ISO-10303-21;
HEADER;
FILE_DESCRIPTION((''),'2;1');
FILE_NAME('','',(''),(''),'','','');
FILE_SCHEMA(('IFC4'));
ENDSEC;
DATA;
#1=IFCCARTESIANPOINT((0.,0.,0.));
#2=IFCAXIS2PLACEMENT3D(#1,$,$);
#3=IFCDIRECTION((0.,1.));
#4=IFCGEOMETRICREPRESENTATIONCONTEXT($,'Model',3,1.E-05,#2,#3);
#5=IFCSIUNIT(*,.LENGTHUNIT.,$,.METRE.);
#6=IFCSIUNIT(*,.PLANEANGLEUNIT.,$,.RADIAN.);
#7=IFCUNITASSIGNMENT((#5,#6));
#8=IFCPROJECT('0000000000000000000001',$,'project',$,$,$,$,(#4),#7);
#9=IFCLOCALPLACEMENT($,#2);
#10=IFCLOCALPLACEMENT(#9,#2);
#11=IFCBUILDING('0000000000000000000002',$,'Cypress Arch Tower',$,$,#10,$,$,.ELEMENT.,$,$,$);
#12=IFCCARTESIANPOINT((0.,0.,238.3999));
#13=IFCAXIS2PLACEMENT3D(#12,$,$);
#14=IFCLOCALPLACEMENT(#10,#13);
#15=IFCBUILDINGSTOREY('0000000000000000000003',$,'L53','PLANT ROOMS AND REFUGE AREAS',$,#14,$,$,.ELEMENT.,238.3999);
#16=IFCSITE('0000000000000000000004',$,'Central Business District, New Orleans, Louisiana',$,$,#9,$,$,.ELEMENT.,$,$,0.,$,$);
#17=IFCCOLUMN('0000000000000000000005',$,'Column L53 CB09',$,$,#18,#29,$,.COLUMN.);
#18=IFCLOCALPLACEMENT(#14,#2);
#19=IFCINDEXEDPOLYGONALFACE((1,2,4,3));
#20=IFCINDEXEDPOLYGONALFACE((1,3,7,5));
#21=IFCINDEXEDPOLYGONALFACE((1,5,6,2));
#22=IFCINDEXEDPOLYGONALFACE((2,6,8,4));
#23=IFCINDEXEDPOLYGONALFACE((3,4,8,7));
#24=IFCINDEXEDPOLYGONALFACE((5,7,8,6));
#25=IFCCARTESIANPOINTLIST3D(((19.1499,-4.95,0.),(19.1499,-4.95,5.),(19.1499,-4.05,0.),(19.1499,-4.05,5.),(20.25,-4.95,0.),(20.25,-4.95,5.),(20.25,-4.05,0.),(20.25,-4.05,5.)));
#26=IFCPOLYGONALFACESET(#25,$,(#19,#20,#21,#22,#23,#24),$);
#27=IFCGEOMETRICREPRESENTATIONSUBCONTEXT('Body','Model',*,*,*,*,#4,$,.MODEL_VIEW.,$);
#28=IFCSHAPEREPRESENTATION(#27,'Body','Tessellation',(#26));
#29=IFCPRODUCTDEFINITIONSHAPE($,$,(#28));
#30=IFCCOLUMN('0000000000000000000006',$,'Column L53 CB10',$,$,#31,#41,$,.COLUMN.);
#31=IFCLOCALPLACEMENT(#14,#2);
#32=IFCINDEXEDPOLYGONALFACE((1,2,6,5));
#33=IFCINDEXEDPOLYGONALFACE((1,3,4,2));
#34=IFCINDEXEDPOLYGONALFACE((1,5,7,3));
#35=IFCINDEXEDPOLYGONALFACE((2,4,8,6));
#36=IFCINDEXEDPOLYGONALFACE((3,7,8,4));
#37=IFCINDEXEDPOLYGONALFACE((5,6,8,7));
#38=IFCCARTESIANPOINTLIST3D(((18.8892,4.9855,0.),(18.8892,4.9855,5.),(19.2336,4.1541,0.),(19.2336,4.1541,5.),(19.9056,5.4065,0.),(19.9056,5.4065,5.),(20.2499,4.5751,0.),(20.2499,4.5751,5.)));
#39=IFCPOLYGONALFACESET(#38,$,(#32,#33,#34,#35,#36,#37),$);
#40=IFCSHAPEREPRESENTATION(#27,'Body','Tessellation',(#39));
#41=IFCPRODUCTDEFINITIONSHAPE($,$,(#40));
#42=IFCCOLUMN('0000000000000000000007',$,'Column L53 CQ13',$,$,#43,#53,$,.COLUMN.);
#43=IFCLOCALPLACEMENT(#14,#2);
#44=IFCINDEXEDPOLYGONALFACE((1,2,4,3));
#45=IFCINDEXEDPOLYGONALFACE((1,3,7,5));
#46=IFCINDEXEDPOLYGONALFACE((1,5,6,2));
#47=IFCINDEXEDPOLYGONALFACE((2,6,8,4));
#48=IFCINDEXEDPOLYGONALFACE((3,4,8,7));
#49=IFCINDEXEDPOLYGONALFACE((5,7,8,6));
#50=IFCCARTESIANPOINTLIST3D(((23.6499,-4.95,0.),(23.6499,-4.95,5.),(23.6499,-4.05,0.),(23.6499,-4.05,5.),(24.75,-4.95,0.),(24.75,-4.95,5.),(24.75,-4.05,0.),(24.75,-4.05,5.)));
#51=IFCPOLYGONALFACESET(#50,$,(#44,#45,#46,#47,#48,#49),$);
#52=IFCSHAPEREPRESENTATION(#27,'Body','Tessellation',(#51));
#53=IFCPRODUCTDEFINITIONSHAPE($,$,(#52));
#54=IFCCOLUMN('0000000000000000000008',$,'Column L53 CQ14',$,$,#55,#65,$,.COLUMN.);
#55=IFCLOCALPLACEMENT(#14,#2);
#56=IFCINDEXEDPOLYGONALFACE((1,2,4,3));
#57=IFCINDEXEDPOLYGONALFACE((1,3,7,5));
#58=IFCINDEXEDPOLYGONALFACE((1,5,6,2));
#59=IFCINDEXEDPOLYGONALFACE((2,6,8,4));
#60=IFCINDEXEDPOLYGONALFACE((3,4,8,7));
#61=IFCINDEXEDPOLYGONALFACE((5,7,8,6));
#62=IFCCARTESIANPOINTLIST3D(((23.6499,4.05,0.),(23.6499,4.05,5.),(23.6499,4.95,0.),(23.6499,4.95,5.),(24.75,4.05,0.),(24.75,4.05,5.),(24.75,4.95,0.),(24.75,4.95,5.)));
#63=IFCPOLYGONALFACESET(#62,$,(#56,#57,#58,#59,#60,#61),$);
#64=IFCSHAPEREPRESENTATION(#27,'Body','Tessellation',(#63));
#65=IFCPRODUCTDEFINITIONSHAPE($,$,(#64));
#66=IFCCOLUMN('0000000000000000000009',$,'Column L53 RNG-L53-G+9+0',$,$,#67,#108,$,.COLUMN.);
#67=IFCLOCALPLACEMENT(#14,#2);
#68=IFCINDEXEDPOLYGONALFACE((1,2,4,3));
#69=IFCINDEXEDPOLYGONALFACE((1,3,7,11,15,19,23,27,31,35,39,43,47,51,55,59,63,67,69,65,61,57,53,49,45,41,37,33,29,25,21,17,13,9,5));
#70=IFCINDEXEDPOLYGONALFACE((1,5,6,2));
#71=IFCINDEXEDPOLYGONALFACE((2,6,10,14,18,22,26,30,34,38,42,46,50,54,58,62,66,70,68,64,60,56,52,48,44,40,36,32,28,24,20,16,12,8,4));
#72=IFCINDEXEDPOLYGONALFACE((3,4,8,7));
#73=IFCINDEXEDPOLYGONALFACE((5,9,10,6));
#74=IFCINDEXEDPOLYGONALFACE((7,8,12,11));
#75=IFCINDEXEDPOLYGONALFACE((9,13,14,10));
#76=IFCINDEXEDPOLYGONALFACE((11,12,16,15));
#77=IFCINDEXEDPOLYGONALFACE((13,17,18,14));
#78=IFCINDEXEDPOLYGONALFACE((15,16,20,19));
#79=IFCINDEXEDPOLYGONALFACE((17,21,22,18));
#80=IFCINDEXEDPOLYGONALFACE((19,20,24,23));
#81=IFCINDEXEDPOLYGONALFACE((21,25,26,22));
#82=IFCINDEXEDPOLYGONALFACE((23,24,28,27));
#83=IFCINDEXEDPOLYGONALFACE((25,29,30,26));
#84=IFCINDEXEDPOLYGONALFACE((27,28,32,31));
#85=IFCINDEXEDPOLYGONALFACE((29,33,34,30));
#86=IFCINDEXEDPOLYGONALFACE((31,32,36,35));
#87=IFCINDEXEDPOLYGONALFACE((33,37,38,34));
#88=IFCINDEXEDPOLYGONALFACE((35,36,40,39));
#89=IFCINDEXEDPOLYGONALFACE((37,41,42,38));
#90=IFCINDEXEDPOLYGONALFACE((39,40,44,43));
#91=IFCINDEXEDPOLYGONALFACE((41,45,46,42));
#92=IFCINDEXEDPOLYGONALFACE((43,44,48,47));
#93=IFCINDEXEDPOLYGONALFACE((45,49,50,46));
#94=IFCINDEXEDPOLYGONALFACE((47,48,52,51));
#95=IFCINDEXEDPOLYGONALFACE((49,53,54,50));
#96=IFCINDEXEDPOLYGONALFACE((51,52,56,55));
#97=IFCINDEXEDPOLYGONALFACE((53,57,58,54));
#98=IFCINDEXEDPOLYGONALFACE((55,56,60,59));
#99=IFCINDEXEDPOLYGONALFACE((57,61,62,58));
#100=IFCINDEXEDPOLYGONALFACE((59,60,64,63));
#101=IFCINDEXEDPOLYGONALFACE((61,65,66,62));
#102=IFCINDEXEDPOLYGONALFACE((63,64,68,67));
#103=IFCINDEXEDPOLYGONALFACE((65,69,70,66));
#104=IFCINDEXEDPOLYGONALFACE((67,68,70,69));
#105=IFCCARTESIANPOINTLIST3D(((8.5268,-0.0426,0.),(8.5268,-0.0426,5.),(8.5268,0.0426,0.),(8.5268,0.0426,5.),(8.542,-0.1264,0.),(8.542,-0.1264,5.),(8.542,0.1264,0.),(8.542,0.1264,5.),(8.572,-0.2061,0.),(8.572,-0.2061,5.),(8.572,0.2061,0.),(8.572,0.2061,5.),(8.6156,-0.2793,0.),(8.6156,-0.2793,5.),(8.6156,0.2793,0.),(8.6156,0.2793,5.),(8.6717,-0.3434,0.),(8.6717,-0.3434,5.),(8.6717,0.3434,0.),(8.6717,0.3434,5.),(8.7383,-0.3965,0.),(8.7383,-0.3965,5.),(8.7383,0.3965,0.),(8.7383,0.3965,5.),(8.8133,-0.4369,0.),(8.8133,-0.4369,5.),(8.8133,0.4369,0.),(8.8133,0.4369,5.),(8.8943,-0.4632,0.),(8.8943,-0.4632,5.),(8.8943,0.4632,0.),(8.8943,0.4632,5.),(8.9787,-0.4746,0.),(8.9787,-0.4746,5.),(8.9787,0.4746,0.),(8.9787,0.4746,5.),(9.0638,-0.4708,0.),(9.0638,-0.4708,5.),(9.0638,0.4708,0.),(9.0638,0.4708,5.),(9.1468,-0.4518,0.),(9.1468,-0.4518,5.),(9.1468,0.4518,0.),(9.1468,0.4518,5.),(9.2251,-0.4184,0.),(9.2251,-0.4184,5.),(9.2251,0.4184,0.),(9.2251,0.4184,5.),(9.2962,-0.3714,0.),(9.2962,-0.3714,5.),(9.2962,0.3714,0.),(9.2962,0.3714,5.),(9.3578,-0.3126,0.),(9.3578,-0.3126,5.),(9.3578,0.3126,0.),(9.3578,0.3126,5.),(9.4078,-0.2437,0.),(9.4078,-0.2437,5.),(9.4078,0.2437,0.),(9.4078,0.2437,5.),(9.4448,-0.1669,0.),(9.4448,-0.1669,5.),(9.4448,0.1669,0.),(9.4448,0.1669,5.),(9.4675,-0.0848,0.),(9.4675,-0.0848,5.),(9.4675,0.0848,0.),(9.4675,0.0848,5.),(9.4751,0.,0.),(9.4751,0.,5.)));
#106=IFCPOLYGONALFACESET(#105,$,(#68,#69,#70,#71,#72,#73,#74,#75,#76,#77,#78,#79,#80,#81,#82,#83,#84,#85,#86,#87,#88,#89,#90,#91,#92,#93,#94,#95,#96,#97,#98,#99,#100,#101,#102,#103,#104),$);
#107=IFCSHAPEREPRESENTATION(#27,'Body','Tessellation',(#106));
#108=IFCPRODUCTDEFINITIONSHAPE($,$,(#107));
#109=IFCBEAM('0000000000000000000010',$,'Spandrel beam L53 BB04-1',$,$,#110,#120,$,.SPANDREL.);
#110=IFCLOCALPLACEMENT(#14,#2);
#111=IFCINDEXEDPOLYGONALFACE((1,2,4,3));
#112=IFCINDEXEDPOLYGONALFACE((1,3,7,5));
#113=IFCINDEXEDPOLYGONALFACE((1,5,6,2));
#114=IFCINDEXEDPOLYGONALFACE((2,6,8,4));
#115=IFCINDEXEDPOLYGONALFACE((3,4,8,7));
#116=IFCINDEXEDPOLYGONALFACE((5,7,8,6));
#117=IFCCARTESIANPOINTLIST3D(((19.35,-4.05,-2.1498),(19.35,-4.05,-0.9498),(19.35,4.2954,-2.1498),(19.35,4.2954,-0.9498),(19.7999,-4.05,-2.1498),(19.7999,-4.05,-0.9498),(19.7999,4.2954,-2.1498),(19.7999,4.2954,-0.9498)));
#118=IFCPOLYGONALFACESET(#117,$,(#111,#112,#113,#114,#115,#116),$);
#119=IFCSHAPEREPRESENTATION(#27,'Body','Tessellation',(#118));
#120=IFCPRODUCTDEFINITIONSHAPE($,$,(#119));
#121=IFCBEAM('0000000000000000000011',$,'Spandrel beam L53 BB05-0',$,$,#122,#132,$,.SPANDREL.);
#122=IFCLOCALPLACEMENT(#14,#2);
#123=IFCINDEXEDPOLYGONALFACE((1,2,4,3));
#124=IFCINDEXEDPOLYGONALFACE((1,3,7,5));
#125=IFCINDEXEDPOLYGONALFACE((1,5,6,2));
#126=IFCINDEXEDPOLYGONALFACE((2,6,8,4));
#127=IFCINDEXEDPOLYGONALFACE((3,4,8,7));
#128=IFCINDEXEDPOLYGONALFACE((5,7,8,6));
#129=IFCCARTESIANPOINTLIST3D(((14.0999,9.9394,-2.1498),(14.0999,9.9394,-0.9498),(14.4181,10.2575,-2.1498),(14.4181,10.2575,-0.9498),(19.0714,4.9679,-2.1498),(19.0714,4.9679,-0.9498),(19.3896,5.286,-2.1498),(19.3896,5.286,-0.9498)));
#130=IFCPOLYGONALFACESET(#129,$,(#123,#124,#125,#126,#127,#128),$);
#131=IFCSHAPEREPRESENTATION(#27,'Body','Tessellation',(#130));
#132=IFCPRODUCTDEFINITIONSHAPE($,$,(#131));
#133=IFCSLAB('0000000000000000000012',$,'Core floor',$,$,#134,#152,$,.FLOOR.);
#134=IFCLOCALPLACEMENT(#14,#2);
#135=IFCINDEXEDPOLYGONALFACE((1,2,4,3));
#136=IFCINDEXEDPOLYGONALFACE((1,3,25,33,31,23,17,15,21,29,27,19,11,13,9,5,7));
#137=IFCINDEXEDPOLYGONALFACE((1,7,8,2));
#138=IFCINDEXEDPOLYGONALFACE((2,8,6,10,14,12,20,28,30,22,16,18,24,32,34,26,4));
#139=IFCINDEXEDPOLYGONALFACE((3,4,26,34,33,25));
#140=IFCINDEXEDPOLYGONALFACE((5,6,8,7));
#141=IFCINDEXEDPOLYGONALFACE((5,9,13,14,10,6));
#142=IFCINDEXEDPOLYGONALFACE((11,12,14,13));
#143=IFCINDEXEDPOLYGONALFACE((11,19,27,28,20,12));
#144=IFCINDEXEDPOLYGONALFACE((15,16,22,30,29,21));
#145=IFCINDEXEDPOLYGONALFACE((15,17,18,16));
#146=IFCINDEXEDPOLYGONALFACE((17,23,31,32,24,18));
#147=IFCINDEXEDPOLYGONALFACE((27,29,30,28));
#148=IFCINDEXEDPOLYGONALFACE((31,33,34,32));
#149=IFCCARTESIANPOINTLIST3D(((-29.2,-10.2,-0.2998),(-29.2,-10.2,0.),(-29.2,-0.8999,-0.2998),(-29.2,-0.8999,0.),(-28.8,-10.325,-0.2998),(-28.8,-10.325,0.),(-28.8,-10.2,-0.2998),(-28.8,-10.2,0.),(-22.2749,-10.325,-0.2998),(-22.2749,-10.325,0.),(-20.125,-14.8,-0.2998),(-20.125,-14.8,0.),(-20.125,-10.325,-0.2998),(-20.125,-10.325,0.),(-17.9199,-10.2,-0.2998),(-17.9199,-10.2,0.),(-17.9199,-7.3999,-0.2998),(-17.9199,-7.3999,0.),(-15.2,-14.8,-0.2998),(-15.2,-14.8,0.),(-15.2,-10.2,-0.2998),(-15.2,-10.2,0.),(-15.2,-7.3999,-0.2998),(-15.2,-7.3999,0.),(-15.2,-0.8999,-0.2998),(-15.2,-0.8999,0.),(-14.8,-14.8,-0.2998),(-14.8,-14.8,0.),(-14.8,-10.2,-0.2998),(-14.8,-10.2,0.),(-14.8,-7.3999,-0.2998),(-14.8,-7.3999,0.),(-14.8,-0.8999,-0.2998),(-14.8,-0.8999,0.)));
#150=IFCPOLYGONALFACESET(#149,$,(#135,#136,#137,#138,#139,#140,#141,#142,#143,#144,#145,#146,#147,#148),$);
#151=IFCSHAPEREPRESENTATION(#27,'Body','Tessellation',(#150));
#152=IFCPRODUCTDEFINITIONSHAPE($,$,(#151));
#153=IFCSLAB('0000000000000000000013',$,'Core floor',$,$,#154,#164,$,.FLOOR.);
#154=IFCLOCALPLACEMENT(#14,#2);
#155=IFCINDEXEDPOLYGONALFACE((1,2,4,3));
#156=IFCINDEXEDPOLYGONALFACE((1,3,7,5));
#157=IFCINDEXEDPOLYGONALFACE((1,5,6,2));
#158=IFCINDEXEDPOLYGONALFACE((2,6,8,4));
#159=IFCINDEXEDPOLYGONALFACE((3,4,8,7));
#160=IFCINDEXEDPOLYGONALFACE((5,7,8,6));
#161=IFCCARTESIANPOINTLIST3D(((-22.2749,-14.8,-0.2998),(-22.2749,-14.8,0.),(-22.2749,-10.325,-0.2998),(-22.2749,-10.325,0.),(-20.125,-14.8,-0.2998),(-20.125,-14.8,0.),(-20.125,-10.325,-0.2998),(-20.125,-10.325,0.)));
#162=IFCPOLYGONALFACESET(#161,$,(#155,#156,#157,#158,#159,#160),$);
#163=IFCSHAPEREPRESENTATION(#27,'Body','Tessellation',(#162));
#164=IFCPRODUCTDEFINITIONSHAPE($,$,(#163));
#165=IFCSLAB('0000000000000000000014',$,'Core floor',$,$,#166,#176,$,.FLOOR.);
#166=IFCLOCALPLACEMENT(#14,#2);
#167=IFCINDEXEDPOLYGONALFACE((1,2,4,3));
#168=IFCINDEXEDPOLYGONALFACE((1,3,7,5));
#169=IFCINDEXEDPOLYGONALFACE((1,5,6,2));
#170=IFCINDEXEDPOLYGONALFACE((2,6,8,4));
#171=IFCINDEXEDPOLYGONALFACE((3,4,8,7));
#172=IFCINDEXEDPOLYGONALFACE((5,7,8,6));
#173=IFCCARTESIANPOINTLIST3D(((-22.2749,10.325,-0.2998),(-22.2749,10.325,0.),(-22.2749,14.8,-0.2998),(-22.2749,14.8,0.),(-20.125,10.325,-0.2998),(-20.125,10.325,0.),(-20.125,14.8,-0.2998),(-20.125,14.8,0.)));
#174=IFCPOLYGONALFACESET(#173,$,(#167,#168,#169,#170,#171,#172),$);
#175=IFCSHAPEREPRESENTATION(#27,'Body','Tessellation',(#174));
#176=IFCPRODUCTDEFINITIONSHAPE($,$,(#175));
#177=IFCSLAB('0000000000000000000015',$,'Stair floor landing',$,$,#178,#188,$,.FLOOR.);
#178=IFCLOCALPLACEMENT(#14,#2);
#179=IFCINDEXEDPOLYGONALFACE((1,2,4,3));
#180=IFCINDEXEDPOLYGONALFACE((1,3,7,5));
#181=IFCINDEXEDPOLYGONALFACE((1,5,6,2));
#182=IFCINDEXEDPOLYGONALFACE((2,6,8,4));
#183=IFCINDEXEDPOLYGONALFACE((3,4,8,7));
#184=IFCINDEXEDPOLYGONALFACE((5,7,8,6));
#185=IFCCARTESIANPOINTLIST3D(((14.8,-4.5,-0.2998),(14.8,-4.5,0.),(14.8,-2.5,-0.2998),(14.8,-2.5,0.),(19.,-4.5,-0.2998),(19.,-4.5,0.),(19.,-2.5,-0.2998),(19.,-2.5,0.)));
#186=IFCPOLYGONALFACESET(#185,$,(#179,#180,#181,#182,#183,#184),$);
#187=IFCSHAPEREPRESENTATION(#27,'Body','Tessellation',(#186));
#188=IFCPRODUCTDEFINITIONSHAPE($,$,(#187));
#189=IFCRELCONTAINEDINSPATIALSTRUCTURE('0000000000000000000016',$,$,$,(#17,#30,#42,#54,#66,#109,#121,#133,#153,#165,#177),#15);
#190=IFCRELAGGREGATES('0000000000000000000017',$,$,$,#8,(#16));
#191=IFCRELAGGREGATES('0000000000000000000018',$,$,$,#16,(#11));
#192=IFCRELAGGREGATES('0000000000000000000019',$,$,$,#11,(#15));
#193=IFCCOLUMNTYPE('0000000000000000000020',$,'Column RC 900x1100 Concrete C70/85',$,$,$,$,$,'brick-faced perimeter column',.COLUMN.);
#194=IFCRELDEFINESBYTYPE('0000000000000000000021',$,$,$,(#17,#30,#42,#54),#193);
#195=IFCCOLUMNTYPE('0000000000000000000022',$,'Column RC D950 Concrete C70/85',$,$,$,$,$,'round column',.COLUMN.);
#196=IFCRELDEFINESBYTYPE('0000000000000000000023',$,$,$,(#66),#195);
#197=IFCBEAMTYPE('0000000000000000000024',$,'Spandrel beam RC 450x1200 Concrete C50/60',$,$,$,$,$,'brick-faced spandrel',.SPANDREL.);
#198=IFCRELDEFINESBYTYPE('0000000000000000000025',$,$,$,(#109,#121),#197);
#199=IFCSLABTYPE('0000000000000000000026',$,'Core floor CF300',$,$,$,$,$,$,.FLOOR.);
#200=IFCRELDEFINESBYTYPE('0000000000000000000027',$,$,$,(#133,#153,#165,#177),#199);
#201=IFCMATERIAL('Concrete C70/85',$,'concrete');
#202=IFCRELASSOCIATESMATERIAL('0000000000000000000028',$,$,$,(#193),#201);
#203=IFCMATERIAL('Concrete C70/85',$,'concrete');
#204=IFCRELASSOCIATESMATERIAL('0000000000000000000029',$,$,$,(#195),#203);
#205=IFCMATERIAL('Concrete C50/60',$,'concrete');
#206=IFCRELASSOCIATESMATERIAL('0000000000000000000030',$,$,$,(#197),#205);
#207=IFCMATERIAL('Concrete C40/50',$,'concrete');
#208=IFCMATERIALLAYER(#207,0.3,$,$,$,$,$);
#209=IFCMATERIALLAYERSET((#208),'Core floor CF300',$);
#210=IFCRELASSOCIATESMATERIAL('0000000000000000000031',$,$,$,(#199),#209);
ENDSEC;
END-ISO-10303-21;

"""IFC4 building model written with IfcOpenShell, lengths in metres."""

from ifc_helpers import new_model, si_unit, direction, frame, origin, origin_2d, place, context, subcontext, project, spatial, polyline, rectangle, circle, outline, extrude, material, layer, layer_set, material_profile, profile_set, type_object, element, save


model = new_model("IFC4")

# Units and contexts
model_context = context("Model", 3, precision=1e-05, world=origin(), true_north=direction((0.0, 1.0)))
body_context = subcontext(model_context, "Body", "Model", "MODEL_VIEW")
ifc_project = project(units=[si_unit("LENGTHUNIT", "METRE"), si_unit("PLANEANGLEUNIT", "RADIAN")], contexts=[model_context])

# Site, building, storey
site_placement = place(None, origin())
site = spatial("IfcSite", under=ifc_project, at=site_placement, Name="Central Business District, New Orleans, Louisiana", CompositionType="ELEMENT", RefElevation=0.0)
building_placement = place(site_placement, origin())
building = spatial("IfcBuilding", under=site, at=building_placement, Name="Cypress Arch Tower", CompositionType="ELEMENT")
storey_placement = place(building_placement, frame((0.0, 0.0, 238.3999)))
storey = spatial("IfcBuildingStorey", under=building, at=storey_placement, Name="L53", Description="PLANT ROOMS AND REFUGE AREAS", CompositionType="ELEMENT", Elevation=238.3999)

# Columns
ifc_material_1 = material(Name="Concrete C70/85", Category="concrete")
ifc_material_profile_1 = material_profile(ifc_material_1, rectangle(XDim=0.8999, YDim=1.1001, at=origin_2d()), Name="RC 900x1100")
ifc_profile_set_1 = profile_set([ifc_material_profile_1], Name="Concrete C70/85")
column_type_1 = type_object("IfcColumnType", Name="Column RC 900x1100 Concrete C70/85", ElementType="brick-faced perimeter column", PredefinedType="COLUMN", material=ifc_profile_set_1)
for number, where, z_axis, x_axis, name in (
    (1, (19.7, -4.5, 0.0), (0.0, 0.0, 1.0), (0.0, 1.0, 0.0), "Column L53 CB09"),
    (2, (19.5696, 4.7803, 0.0), (0.0, 0.0, 1.0), (-0.382683, 0.92388, 0.0), "Column L53 CB10"),
    (3, (24.2, -4.5, 0.0), (0.0, 0.0, 1.0), (0.0, 1.0, 0.0), "Column L53 CQ13"),
    (4, (24.2, 4.5, 0.0), (0.0, 0.0, 1.0), (0.0, 1.0, 0.0), "Column L53 CQ14"),
):
    element("IfcColumn", number, at=place(storey_placement, frame(where, z_axis=z_axis, x_axis=x_axis)), inside=storey, type_object=column_type_1, Name=name, PredefinedType="COLUMN", context=body_context, shape_type="SweptSolid", body=[
        extrude(rectangle(XDim=0.8999, YDim=1.1001, at=origin_2d()), origin(), (0.0, 0.0, 1.0), 5.0),
    ])
ifc_material_2 = material(Name="Concrete C70/85", Category="concrete")
ifc_material_profile_2 = material_profile(ifc_material_2, circle(Radius=0.4751, at=origin_2d()), Name="RC D950")
ifc_profile_set_2 = profile_set([ifc_material_profile_2], Name="Concrete C70/85")
column_type_2 = type_object("IfcColumnType", Name="Column RC D950 Concrete C70/85", ElementType="round column", PredefinedType="COLUMN", material=ifc_profile_set_2)
column_placement = place(storey_placement, frame((9.0, 0.0, 0.0), z_axis=(0.0, 0.0, 1.0), x_axis=(1.0, 0.0, 0.0)))
element("IfcColumn", 5, at=column_placement, inside=storey, type_object=column_type_2, Name="Column L53 RNG-L53-G+9+0", PredefinedType="COLUMN", context=body_context, shape_type="SweptSolid", body=[
    extrude(circle(Radius=0.4751, at=origin_2d()), origin(), (0.0, 0.0, 1.0), 5.0),
])

# Beams
ifc_material_3 = material(Name="Concrete C50/60", Category="concrete")
ifc_material_profile_3 = material_profile(ifc_material_3, rectangle(XDim=0.45, YDim=1.2, at=origin_2d()), Name="RC 450x1200")
ifc_profile_set_3 = profile_set([ifc_material_profile_3], Name="Concrete C50/60")
beam_type = type_object("IfcBeamType", Name="Spandrel beam RC 450x1200 Concrete C50/60", ElementType="brick-faced spandrel", PredefinedType="SPANDREL", material=ifc_profile_set_3)
beam_1_placement = place(storey_placement, frame((19.575, -4.05, -1.5498), z_axis=(0.0, 1.0, 0.0), x_axis=(-1.0, 0.0, 0.0)))
element("IfcBeam", 6, at=beam_1_placement, inside=storey, type_object=beam_type, Name="Spandrel beam L53 BB04-1", PredefinedType="SPANDREL", context=body_context, shape_type="SweptSolid", body=[
    extrude(rectangle(XDim=0.45, YDim=1.2, at=origin_2d()), origin(), (0.0, 0.0, 1.0), 8.3455),
])
beam_2_placement = place(storey_placement, frame((19.2305, 5.127, -1.5498), z_axis=(-0.707107, 0.707107, 0.0), x_axis=(-0.707107, -0.707107, 0.0)))
element("IfcBeam", 7, at=beam_2_placement, inside=storey, type_object=beam_type, Name="Spandrel beam L53 BB05-0", PredefinedType="SPANDREL", context=body_context, shape_type="SweptSolid", body=[
    extrude(rectangle(XDim=0.45, YDim=1.2, at=origin_2d()), origin(), (0.0, 0.0, 1.0), 7.0308),
])

# Slabs
ifc_material_4 = material(Name="Concrete C40/50", Category="concrete")
ifc_layer_1 = layer(ifc_material_4, 0.3)
ifc_layer_set_1 = layer_set([ifc_layer_1], Name="Core floor CF300")
slab_type_1 = type_object("IfcSlabType", Name="Core floor CF300", PredefinedType="FLOOR", material=ifc_layer_set_1)
slab_1_placement = place(storey_placement, frame((0.0, 0.0, -0.2998)))
element("IfcSlab", 8, at=slab_1_placement, inside=storey, type_object=slab_type_1, Name="Core floor", PredefinedType="FLOOR", context=body_context, shape_type="SweptSolid", body=[
    extrude(outline(polyline([(-28.8, -10.2), (-29.2, -10.2), (-29.2, -0.8999), (-15.2, -0.8999), (-14.8, -0.8999), (-14.8, -7.3999), (-15.2, -7.3999), (-17.9199, -7.3999), (-17.9199, -10.2), (-15.2, -10.2), (-14.8, -10.2), (-14.8, -14.8), (-15.2, -14.8), (-20.125, -14.8), (-20.125, -10.325), (-22.2749, -10.325), (-28.8, -10.325), (-28.8, -10.2)])), origin(), (0.0, 0.0, 1.0), 0.2998),
])
slab_2_placement = place(storey_placement, frame((0.0, 0.0, -0.2998)))
element("IfcSlab", 9, at=slab_2_placement, inside=storey, type_object=slab_type_1, Name="Core floor", PredefinedType="FLOOR", context=body_context, shape_type="SweptSolid", body=[
    extrude(outline(polyline([(-22.2749, -10.325), (-22.2749, -14.8), (-20.125, -14.8), (-20.125, -10.325), (-22.2749, -10.325)])), origin(), (0.0, 0.0, 1.0), 0.2998),
])
slab_3_placement = place(storey_placement, frame((0.0, 0.0, -0.2998)))
element("IfcSlab", 10, at=slab_3_placement, inside=storey, type_object=slab_type_1, Name="Core floor", PredefinedType="FLOOR", context=body_context, shape_type="SweptSolid", body=[
    extrude(outline(polyline([(-20.125, 14.8), (-22.2749, 14.8), (-22.2749, 10.325), (-20.125, 10.325), (-20.125, 14.8)])), origin(), (0.0, 0.0, 1.0), 0.2998),
])
slab_4_placement = place(storey_placement, frame((0.0, 0.0, -0.2998)))
element("IfcSlab", 11, at=slab_4_placement, inside=storey, type_object=slab_type_1, Name="Stair floor landing", PredefinedType="FLOOR", context=body_context, shape_type="SweptSolid", body=[
    extrude(outline(polyline([(19.0, -4.5), (19.0, -2.5), (14.8, -2.5), (14.8, -4.5), (19.0, -4.5)])), origin(), (0.0, 0.0, 1.0), 0.2998),
])

save(model, "model.ifc")
